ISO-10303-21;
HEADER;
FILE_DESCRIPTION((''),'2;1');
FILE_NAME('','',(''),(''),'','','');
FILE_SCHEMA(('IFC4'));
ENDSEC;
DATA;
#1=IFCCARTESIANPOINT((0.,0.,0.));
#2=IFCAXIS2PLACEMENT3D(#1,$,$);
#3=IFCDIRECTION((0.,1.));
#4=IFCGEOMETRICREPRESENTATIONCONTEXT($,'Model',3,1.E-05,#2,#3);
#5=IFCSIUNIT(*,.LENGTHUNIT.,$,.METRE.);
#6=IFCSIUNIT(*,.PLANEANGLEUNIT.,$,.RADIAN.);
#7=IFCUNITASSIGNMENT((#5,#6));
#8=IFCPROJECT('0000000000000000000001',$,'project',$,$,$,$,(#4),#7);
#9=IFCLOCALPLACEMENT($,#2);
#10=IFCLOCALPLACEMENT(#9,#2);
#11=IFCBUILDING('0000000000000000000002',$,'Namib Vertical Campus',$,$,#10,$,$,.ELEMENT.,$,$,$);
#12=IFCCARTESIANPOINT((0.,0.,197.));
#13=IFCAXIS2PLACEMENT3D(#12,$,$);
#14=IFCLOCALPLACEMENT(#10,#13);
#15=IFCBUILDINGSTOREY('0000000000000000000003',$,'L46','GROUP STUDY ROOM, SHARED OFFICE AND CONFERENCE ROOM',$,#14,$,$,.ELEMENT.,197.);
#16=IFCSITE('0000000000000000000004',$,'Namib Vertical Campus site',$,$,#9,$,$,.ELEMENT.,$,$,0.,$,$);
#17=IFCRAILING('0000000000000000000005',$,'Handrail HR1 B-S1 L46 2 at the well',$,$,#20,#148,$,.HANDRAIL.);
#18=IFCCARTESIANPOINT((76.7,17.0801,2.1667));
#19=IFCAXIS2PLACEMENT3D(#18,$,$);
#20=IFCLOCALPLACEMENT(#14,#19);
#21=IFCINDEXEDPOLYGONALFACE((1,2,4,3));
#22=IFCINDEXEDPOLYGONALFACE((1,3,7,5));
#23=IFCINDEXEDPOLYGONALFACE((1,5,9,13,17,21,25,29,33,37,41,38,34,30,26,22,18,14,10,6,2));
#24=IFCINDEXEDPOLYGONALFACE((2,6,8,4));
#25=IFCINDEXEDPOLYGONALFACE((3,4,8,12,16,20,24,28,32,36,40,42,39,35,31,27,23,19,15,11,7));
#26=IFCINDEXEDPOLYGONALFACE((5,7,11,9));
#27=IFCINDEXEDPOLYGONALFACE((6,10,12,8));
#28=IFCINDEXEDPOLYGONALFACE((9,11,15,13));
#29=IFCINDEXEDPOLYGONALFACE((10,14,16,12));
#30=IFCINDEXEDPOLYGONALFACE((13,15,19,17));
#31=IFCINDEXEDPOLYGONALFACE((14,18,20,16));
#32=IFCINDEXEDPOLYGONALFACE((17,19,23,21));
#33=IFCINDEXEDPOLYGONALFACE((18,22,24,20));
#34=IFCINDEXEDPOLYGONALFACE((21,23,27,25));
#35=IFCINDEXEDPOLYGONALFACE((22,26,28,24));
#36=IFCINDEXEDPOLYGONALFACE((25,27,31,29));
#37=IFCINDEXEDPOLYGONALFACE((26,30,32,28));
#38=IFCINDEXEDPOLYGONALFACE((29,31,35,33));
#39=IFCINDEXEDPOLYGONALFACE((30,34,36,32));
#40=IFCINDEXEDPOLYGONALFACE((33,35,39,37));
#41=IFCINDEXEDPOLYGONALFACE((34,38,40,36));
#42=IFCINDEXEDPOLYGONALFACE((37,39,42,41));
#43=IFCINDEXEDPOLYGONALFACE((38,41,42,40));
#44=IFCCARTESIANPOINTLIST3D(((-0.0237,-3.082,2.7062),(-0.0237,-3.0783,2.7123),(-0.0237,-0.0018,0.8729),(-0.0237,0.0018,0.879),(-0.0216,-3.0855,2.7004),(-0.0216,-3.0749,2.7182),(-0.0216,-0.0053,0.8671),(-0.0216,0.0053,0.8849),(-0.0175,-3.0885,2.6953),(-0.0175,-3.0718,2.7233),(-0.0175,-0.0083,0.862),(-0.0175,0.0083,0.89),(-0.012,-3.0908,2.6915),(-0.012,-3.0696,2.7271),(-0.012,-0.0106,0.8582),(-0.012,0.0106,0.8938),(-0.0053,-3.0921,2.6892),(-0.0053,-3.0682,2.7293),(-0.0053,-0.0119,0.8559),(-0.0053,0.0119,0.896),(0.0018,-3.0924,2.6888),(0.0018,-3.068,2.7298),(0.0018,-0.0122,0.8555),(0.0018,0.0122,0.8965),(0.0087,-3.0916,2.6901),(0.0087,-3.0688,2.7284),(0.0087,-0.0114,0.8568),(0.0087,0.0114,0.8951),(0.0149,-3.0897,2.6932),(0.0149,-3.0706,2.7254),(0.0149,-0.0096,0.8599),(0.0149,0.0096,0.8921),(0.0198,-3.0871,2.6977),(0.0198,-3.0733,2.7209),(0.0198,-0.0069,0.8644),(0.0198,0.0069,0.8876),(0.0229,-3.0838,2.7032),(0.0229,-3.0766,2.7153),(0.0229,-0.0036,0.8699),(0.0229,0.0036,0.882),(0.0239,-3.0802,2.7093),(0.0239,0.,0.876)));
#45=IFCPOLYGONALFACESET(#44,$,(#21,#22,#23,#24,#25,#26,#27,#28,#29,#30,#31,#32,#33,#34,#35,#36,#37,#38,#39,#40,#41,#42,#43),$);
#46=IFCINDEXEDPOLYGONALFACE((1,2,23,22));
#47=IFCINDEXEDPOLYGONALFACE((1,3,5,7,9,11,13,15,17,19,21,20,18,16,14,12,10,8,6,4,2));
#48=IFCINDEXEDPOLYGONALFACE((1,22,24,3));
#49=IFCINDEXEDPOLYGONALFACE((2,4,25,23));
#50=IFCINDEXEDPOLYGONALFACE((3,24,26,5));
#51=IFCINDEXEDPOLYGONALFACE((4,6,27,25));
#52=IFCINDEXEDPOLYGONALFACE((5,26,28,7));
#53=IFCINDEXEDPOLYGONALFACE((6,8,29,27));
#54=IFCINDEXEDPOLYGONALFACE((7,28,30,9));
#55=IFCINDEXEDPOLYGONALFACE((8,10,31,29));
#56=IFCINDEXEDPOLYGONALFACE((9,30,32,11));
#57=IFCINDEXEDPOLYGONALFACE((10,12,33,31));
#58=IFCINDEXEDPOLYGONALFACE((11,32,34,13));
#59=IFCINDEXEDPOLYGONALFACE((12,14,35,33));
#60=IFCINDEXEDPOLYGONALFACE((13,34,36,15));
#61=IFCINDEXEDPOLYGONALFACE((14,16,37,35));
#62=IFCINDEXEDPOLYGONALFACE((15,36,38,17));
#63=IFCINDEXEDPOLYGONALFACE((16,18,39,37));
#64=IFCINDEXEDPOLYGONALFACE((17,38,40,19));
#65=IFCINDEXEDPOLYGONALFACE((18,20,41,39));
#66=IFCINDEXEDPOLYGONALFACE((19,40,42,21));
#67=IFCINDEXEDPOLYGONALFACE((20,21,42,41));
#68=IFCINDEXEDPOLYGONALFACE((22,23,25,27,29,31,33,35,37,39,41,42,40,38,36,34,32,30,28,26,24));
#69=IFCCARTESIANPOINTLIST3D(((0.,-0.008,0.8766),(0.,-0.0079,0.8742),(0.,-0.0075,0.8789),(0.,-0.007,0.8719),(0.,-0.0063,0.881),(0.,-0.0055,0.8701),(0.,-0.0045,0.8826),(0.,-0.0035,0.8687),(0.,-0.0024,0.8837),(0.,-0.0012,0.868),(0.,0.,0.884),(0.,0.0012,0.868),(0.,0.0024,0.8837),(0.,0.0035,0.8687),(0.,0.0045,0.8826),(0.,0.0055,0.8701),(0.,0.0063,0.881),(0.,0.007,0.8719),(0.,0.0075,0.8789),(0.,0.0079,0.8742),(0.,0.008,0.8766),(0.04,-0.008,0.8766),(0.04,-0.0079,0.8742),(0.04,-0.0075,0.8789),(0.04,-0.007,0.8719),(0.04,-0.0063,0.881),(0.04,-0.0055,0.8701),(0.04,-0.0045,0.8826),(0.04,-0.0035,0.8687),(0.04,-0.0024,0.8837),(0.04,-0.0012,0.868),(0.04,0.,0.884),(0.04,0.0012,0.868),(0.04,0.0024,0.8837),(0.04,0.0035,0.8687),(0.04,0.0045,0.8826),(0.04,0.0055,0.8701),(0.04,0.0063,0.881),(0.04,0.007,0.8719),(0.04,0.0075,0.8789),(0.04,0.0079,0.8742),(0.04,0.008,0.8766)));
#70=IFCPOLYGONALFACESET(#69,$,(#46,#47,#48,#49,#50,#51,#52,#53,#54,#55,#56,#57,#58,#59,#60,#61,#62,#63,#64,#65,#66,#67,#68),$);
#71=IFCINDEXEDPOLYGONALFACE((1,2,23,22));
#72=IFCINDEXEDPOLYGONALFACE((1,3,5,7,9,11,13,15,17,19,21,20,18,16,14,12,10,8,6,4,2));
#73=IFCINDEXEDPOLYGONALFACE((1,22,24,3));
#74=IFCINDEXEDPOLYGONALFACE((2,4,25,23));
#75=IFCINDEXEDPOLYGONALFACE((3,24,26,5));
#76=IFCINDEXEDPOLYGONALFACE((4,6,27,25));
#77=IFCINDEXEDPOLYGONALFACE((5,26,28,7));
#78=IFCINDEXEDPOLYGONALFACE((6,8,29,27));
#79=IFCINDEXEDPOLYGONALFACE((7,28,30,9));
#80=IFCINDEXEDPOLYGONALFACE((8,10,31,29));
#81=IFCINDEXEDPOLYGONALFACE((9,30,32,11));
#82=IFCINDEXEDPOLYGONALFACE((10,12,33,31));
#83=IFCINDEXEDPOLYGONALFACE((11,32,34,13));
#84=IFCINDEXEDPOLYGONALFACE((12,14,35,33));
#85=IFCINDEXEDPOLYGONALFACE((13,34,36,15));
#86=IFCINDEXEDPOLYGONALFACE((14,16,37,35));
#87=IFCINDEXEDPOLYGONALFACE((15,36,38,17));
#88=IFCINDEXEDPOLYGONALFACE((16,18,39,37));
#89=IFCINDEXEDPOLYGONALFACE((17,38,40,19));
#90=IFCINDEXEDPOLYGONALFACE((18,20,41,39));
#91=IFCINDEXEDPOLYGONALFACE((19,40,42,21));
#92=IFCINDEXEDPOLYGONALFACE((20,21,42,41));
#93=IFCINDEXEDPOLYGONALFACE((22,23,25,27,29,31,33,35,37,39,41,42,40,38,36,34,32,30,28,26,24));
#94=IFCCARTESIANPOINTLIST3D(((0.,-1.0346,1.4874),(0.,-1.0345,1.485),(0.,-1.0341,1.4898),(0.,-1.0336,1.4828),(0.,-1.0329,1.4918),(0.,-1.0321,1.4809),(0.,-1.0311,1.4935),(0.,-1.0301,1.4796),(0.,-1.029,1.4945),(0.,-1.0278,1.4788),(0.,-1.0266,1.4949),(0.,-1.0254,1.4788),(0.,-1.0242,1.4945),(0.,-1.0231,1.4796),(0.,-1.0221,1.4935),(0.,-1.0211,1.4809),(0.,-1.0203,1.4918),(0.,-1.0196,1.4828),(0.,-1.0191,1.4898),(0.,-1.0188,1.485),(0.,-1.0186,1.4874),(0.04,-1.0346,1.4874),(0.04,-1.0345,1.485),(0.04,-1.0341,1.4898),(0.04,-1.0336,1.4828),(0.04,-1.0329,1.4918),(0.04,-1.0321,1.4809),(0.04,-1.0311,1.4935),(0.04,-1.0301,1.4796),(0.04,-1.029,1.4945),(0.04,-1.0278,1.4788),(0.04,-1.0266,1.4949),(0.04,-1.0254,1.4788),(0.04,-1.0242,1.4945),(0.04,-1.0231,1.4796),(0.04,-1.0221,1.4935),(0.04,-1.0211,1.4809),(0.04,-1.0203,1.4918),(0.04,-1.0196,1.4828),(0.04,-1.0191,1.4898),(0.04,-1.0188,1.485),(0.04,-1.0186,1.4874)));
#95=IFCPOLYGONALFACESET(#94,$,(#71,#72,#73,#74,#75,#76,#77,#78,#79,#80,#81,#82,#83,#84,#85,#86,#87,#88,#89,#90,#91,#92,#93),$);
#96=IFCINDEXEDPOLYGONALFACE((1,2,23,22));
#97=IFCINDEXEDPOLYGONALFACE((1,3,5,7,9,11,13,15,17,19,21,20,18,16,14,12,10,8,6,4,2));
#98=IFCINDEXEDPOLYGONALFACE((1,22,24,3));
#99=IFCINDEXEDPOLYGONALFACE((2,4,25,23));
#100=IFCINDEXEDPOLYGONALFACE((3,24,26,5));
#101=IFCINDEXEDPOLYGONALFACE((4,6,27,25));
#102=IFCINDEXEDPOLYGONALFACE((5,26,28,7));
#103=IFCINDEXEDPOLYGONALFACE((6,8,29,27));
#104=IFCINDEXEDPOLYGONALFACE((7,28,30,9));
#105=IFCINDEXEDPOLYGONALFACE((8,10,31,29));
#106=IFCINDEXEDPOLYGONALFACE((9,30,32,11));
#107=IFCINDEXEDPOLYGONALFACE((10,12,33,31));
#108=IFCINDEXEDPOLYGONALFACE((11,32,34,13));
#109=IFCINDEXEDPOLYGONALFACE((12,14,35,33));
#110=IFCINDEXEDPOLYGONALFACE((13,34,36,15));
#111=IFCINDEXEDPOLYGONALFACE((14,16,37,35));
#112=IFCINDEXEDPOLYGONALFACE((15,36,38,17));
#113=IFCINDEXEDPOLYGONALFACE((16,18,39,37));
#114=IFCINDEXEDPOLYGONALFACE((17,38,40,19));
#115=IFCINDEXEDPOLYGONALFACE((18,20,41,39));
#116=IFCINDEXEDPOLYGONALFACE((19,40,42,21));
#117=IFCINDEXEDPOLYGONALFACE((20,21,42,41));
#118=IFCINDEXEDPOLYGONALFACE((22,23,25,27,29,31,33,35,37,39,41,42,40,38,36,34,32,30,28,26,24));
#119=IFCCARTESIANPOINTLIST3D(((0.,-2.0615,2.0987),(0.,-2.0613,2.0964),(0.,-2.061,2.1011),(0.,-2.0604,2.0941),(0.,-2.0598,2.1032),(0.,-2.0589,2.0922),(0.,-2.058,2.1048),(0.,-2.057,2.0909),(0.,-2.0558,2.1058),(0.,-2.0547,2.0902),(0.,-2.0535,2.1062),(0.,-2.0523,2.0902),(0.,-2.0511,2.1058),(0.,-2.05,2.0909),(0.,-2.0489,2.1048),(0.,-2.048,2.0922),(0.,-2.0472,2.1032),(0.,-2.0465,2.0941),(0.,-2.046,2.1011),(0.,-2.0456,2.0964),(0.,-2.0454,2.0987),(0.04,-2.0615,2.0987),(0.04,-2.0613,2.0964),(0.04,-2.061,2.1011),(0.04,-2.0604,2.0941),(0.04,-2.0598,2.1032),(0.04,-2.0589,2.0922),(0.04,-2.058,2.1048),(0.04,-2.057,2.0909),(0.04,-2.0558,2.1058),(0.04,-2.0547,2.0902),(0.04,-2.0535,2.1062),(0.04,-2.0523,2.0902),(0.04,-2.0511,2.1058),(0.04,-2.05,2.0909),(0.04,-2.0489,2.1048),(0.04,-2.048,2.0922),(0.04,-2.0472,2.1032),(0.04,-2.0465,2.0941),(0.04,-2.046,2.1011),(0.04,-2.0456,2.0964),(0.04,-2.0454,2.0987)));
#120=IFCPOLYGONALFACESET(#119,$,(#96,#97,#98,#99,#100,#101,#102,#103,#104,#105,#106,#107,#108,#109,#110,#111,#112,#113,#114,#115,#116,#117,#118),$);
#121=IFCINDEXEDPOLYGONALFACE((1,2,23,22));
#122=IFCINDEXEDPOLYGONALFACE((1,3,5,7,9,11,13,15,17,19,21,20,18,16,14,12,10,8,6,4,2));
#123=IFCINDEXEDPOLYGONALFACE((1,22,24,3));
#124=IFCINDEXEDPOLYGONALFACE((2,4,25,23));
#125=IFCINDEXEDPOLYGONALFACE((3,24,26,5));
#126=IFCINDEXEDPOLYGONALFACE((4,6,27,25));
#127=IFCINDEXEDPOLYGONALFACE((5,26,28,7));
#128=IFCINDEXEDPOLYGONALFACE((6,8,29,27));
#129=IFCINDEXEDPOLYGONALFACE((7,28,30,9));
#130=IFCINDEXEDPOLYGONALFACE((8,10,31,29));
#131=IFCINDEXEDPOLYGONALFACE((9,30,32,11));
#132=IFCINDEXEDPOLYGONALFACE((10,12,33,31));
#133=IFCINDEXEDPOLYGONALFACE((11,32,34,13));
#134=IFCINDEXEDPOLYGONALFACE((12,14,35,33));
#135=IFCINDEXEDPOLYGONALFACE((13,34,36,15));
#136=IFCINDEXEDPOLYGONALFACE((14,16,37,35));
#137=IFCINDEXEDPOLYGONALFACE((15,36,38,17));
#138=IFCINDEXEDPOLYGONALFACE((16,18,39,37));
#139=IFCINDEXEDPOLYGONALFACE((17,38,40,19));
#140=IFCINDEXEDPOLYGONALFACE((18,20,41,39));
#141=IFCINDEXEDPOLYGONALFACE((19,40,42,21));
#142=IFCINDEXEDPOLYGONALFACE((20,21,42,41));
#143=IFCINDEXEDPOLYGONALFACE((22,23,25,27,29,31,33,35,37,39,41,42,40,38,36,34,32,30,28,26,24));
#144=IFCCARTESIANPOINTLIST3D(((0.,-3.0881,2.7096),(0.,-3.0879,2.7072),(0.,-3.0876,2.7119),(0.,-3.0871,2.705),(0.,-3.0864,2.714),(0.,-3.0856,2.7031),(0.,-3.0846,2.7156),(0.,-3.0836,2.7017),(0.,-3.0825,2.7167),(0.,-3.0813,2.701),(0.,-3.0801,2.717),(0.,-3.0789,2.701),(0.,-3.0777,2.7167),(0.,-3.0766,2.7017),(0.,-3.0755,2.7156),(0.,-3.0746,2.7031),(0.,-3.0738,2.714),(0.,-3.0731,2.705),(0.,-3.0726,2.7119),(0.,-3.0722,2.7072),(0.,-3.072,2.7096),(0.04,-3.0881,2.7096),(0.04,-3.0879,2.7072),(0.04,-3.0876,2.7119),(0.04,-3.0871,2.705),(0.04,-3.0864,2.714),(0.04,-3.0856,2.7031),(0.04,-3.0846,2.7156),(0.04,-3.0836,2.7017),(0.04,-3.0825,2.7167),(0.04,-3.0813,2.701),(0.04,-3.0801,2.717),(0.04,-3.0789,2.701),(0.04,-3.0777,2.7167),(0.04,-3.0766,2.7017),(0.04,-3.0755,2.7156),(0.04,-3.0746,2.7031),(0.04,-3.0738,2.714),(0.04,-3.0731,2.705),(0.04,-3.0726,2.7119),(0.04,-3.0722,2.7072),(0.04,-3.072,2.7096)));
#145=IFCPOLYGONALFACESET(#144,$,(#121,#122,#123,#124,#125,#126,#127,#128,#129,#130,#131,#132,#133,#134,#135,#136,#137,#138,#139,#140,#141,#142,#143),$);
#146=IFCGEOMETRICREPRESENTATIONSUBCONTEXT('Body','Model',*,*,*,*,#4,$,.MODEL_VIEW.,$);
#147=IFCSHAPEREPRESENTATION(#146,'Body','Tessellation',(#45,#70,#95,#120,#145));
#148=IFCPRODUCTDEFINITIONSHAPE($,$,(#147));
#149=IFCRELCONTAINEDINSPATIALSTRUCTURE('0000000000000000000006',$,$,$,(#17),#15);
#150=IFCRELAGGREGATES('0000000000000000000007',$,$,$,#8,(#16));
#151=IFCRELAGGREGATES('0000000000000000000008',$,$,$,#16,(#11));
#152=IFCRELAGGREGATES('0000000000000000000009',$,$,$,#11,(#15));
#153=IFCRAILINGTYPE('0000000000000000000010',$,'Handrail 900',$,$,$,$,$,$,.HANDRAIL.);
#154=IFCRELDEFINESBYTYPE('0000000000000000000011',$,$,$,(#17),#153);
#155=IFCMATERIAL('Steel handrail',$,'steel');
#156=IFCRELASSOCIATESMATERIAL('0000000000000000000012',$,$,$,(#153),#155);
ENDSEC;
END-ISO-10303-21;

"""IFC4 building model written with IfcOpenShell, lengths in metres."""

from ifc_helpers import new_model, si_unit, direction, frame, origin, origin_2d, place, context, subcontext, project, spatial, circle, extrude, material, type_object, element, save


model = new_model("IFC4")

# Units and contexts
model_context = context("Model", 3, precision=1e-05, world=origin(), true_north=direction((0.0, 1.0)))
body_context = subcontext(model_context, "Body", "Model", "MODEL_VIEW")
ifc_project = project(units=[si_unit("LENGTHUNIT", "METRE"), si_unit("PLANEANGLEUNIT", "RADIAN")], contexts=[model_context])

# Site, building, storey
site_placement = place(None, origin())
site = spatial("IfcSite", under=ifc_project, at=site_placement, Name="Namib Vertical Campus site", CompositionType="ELEMENT", RefElevation=0.0)
building_placement = place(site_placement, origin())
building = spatial("IfcBuilding", under=site, at=building_placement, Name="Namib Vertical Campus", CompositionType="ELEMENT")
storey_placement = place(building_placement, frame((0.0, 0.0, 197.0)))
storey = spatial("IfcBuildingStorey", under=building, at=storey_placement, Name="L46", Description="GROUP STUDY ROOM, SHARED OFFICE AND CONFERENCE ROOM", CompositionType="ELEMENT", Elevation=197.0)

# Railing
ifc_material_1 = material(Name="Steel handrail", Category="steel")
railing_type_1 = type_object("IfcRailingType", Name="Handrail 900", PredefinedType="HANDRAIL", material=ifc_material_1)
railing_1_placement = place(storey_placement, frame((76.7, 17.0801, 2.1667)))
element("IfcRailing", 1, at=railing_1_placement, inside=storey, type_object=railing_type_1, Name="Handrail HR1 B-S1 L46 2 at the well", PredefinedType="HANDRAIL", context=body_context, shape_type="SweptSolid", body=[
    extrude(circle(Radius=0.0239, at=origin_2d()), frame((0.0, 0.0, 0.876), z_axis=(0.0, -0.859309, 0.511458), x_axis=(1.0, 0.0, 0.0)), (0.0, 0.0, 1.0), 3.5845),
    extrude(circle(Radius=0.0081, at=origin_2d()), frame((0.0, 0.0, 0.876), z_axis=(1.0, 0.0, 0.0), x_axis=(0.0, 0.0, 1.0)), (0.0, 0.0, 1.0), 0.04),
    extrude(circle(Radius=0.0081, at=origin_2d()), frame((0.0, -1.0266, 1.4868), z_axis=(1.0, 0.0, 0.0), x_axis=(0.0, 0.0, 1.0)), (0.0, 0.0, 1.0), 0.04),
    extrude(circle(Radius=0.0081, at=origin_2d()), frame((0.0, -2.0535, 2.0981), z_axis=(1.0, 0.0, 0.0), x_axis=(0.0, 0.0, 1.0)), (0.0, 0.0, 1.0), 0.04),
    extrude(circle(Radius=0.0081, at=origin_2d()), frame((0.0, -3.0801, 2.709), z_axis=(1.0, 0.0, 0.0), x_axis=(0.0, 0.0, 1.0)), (0.0, 0.0, 1.0), 0.04),
])

save(model, "model.ifc")
